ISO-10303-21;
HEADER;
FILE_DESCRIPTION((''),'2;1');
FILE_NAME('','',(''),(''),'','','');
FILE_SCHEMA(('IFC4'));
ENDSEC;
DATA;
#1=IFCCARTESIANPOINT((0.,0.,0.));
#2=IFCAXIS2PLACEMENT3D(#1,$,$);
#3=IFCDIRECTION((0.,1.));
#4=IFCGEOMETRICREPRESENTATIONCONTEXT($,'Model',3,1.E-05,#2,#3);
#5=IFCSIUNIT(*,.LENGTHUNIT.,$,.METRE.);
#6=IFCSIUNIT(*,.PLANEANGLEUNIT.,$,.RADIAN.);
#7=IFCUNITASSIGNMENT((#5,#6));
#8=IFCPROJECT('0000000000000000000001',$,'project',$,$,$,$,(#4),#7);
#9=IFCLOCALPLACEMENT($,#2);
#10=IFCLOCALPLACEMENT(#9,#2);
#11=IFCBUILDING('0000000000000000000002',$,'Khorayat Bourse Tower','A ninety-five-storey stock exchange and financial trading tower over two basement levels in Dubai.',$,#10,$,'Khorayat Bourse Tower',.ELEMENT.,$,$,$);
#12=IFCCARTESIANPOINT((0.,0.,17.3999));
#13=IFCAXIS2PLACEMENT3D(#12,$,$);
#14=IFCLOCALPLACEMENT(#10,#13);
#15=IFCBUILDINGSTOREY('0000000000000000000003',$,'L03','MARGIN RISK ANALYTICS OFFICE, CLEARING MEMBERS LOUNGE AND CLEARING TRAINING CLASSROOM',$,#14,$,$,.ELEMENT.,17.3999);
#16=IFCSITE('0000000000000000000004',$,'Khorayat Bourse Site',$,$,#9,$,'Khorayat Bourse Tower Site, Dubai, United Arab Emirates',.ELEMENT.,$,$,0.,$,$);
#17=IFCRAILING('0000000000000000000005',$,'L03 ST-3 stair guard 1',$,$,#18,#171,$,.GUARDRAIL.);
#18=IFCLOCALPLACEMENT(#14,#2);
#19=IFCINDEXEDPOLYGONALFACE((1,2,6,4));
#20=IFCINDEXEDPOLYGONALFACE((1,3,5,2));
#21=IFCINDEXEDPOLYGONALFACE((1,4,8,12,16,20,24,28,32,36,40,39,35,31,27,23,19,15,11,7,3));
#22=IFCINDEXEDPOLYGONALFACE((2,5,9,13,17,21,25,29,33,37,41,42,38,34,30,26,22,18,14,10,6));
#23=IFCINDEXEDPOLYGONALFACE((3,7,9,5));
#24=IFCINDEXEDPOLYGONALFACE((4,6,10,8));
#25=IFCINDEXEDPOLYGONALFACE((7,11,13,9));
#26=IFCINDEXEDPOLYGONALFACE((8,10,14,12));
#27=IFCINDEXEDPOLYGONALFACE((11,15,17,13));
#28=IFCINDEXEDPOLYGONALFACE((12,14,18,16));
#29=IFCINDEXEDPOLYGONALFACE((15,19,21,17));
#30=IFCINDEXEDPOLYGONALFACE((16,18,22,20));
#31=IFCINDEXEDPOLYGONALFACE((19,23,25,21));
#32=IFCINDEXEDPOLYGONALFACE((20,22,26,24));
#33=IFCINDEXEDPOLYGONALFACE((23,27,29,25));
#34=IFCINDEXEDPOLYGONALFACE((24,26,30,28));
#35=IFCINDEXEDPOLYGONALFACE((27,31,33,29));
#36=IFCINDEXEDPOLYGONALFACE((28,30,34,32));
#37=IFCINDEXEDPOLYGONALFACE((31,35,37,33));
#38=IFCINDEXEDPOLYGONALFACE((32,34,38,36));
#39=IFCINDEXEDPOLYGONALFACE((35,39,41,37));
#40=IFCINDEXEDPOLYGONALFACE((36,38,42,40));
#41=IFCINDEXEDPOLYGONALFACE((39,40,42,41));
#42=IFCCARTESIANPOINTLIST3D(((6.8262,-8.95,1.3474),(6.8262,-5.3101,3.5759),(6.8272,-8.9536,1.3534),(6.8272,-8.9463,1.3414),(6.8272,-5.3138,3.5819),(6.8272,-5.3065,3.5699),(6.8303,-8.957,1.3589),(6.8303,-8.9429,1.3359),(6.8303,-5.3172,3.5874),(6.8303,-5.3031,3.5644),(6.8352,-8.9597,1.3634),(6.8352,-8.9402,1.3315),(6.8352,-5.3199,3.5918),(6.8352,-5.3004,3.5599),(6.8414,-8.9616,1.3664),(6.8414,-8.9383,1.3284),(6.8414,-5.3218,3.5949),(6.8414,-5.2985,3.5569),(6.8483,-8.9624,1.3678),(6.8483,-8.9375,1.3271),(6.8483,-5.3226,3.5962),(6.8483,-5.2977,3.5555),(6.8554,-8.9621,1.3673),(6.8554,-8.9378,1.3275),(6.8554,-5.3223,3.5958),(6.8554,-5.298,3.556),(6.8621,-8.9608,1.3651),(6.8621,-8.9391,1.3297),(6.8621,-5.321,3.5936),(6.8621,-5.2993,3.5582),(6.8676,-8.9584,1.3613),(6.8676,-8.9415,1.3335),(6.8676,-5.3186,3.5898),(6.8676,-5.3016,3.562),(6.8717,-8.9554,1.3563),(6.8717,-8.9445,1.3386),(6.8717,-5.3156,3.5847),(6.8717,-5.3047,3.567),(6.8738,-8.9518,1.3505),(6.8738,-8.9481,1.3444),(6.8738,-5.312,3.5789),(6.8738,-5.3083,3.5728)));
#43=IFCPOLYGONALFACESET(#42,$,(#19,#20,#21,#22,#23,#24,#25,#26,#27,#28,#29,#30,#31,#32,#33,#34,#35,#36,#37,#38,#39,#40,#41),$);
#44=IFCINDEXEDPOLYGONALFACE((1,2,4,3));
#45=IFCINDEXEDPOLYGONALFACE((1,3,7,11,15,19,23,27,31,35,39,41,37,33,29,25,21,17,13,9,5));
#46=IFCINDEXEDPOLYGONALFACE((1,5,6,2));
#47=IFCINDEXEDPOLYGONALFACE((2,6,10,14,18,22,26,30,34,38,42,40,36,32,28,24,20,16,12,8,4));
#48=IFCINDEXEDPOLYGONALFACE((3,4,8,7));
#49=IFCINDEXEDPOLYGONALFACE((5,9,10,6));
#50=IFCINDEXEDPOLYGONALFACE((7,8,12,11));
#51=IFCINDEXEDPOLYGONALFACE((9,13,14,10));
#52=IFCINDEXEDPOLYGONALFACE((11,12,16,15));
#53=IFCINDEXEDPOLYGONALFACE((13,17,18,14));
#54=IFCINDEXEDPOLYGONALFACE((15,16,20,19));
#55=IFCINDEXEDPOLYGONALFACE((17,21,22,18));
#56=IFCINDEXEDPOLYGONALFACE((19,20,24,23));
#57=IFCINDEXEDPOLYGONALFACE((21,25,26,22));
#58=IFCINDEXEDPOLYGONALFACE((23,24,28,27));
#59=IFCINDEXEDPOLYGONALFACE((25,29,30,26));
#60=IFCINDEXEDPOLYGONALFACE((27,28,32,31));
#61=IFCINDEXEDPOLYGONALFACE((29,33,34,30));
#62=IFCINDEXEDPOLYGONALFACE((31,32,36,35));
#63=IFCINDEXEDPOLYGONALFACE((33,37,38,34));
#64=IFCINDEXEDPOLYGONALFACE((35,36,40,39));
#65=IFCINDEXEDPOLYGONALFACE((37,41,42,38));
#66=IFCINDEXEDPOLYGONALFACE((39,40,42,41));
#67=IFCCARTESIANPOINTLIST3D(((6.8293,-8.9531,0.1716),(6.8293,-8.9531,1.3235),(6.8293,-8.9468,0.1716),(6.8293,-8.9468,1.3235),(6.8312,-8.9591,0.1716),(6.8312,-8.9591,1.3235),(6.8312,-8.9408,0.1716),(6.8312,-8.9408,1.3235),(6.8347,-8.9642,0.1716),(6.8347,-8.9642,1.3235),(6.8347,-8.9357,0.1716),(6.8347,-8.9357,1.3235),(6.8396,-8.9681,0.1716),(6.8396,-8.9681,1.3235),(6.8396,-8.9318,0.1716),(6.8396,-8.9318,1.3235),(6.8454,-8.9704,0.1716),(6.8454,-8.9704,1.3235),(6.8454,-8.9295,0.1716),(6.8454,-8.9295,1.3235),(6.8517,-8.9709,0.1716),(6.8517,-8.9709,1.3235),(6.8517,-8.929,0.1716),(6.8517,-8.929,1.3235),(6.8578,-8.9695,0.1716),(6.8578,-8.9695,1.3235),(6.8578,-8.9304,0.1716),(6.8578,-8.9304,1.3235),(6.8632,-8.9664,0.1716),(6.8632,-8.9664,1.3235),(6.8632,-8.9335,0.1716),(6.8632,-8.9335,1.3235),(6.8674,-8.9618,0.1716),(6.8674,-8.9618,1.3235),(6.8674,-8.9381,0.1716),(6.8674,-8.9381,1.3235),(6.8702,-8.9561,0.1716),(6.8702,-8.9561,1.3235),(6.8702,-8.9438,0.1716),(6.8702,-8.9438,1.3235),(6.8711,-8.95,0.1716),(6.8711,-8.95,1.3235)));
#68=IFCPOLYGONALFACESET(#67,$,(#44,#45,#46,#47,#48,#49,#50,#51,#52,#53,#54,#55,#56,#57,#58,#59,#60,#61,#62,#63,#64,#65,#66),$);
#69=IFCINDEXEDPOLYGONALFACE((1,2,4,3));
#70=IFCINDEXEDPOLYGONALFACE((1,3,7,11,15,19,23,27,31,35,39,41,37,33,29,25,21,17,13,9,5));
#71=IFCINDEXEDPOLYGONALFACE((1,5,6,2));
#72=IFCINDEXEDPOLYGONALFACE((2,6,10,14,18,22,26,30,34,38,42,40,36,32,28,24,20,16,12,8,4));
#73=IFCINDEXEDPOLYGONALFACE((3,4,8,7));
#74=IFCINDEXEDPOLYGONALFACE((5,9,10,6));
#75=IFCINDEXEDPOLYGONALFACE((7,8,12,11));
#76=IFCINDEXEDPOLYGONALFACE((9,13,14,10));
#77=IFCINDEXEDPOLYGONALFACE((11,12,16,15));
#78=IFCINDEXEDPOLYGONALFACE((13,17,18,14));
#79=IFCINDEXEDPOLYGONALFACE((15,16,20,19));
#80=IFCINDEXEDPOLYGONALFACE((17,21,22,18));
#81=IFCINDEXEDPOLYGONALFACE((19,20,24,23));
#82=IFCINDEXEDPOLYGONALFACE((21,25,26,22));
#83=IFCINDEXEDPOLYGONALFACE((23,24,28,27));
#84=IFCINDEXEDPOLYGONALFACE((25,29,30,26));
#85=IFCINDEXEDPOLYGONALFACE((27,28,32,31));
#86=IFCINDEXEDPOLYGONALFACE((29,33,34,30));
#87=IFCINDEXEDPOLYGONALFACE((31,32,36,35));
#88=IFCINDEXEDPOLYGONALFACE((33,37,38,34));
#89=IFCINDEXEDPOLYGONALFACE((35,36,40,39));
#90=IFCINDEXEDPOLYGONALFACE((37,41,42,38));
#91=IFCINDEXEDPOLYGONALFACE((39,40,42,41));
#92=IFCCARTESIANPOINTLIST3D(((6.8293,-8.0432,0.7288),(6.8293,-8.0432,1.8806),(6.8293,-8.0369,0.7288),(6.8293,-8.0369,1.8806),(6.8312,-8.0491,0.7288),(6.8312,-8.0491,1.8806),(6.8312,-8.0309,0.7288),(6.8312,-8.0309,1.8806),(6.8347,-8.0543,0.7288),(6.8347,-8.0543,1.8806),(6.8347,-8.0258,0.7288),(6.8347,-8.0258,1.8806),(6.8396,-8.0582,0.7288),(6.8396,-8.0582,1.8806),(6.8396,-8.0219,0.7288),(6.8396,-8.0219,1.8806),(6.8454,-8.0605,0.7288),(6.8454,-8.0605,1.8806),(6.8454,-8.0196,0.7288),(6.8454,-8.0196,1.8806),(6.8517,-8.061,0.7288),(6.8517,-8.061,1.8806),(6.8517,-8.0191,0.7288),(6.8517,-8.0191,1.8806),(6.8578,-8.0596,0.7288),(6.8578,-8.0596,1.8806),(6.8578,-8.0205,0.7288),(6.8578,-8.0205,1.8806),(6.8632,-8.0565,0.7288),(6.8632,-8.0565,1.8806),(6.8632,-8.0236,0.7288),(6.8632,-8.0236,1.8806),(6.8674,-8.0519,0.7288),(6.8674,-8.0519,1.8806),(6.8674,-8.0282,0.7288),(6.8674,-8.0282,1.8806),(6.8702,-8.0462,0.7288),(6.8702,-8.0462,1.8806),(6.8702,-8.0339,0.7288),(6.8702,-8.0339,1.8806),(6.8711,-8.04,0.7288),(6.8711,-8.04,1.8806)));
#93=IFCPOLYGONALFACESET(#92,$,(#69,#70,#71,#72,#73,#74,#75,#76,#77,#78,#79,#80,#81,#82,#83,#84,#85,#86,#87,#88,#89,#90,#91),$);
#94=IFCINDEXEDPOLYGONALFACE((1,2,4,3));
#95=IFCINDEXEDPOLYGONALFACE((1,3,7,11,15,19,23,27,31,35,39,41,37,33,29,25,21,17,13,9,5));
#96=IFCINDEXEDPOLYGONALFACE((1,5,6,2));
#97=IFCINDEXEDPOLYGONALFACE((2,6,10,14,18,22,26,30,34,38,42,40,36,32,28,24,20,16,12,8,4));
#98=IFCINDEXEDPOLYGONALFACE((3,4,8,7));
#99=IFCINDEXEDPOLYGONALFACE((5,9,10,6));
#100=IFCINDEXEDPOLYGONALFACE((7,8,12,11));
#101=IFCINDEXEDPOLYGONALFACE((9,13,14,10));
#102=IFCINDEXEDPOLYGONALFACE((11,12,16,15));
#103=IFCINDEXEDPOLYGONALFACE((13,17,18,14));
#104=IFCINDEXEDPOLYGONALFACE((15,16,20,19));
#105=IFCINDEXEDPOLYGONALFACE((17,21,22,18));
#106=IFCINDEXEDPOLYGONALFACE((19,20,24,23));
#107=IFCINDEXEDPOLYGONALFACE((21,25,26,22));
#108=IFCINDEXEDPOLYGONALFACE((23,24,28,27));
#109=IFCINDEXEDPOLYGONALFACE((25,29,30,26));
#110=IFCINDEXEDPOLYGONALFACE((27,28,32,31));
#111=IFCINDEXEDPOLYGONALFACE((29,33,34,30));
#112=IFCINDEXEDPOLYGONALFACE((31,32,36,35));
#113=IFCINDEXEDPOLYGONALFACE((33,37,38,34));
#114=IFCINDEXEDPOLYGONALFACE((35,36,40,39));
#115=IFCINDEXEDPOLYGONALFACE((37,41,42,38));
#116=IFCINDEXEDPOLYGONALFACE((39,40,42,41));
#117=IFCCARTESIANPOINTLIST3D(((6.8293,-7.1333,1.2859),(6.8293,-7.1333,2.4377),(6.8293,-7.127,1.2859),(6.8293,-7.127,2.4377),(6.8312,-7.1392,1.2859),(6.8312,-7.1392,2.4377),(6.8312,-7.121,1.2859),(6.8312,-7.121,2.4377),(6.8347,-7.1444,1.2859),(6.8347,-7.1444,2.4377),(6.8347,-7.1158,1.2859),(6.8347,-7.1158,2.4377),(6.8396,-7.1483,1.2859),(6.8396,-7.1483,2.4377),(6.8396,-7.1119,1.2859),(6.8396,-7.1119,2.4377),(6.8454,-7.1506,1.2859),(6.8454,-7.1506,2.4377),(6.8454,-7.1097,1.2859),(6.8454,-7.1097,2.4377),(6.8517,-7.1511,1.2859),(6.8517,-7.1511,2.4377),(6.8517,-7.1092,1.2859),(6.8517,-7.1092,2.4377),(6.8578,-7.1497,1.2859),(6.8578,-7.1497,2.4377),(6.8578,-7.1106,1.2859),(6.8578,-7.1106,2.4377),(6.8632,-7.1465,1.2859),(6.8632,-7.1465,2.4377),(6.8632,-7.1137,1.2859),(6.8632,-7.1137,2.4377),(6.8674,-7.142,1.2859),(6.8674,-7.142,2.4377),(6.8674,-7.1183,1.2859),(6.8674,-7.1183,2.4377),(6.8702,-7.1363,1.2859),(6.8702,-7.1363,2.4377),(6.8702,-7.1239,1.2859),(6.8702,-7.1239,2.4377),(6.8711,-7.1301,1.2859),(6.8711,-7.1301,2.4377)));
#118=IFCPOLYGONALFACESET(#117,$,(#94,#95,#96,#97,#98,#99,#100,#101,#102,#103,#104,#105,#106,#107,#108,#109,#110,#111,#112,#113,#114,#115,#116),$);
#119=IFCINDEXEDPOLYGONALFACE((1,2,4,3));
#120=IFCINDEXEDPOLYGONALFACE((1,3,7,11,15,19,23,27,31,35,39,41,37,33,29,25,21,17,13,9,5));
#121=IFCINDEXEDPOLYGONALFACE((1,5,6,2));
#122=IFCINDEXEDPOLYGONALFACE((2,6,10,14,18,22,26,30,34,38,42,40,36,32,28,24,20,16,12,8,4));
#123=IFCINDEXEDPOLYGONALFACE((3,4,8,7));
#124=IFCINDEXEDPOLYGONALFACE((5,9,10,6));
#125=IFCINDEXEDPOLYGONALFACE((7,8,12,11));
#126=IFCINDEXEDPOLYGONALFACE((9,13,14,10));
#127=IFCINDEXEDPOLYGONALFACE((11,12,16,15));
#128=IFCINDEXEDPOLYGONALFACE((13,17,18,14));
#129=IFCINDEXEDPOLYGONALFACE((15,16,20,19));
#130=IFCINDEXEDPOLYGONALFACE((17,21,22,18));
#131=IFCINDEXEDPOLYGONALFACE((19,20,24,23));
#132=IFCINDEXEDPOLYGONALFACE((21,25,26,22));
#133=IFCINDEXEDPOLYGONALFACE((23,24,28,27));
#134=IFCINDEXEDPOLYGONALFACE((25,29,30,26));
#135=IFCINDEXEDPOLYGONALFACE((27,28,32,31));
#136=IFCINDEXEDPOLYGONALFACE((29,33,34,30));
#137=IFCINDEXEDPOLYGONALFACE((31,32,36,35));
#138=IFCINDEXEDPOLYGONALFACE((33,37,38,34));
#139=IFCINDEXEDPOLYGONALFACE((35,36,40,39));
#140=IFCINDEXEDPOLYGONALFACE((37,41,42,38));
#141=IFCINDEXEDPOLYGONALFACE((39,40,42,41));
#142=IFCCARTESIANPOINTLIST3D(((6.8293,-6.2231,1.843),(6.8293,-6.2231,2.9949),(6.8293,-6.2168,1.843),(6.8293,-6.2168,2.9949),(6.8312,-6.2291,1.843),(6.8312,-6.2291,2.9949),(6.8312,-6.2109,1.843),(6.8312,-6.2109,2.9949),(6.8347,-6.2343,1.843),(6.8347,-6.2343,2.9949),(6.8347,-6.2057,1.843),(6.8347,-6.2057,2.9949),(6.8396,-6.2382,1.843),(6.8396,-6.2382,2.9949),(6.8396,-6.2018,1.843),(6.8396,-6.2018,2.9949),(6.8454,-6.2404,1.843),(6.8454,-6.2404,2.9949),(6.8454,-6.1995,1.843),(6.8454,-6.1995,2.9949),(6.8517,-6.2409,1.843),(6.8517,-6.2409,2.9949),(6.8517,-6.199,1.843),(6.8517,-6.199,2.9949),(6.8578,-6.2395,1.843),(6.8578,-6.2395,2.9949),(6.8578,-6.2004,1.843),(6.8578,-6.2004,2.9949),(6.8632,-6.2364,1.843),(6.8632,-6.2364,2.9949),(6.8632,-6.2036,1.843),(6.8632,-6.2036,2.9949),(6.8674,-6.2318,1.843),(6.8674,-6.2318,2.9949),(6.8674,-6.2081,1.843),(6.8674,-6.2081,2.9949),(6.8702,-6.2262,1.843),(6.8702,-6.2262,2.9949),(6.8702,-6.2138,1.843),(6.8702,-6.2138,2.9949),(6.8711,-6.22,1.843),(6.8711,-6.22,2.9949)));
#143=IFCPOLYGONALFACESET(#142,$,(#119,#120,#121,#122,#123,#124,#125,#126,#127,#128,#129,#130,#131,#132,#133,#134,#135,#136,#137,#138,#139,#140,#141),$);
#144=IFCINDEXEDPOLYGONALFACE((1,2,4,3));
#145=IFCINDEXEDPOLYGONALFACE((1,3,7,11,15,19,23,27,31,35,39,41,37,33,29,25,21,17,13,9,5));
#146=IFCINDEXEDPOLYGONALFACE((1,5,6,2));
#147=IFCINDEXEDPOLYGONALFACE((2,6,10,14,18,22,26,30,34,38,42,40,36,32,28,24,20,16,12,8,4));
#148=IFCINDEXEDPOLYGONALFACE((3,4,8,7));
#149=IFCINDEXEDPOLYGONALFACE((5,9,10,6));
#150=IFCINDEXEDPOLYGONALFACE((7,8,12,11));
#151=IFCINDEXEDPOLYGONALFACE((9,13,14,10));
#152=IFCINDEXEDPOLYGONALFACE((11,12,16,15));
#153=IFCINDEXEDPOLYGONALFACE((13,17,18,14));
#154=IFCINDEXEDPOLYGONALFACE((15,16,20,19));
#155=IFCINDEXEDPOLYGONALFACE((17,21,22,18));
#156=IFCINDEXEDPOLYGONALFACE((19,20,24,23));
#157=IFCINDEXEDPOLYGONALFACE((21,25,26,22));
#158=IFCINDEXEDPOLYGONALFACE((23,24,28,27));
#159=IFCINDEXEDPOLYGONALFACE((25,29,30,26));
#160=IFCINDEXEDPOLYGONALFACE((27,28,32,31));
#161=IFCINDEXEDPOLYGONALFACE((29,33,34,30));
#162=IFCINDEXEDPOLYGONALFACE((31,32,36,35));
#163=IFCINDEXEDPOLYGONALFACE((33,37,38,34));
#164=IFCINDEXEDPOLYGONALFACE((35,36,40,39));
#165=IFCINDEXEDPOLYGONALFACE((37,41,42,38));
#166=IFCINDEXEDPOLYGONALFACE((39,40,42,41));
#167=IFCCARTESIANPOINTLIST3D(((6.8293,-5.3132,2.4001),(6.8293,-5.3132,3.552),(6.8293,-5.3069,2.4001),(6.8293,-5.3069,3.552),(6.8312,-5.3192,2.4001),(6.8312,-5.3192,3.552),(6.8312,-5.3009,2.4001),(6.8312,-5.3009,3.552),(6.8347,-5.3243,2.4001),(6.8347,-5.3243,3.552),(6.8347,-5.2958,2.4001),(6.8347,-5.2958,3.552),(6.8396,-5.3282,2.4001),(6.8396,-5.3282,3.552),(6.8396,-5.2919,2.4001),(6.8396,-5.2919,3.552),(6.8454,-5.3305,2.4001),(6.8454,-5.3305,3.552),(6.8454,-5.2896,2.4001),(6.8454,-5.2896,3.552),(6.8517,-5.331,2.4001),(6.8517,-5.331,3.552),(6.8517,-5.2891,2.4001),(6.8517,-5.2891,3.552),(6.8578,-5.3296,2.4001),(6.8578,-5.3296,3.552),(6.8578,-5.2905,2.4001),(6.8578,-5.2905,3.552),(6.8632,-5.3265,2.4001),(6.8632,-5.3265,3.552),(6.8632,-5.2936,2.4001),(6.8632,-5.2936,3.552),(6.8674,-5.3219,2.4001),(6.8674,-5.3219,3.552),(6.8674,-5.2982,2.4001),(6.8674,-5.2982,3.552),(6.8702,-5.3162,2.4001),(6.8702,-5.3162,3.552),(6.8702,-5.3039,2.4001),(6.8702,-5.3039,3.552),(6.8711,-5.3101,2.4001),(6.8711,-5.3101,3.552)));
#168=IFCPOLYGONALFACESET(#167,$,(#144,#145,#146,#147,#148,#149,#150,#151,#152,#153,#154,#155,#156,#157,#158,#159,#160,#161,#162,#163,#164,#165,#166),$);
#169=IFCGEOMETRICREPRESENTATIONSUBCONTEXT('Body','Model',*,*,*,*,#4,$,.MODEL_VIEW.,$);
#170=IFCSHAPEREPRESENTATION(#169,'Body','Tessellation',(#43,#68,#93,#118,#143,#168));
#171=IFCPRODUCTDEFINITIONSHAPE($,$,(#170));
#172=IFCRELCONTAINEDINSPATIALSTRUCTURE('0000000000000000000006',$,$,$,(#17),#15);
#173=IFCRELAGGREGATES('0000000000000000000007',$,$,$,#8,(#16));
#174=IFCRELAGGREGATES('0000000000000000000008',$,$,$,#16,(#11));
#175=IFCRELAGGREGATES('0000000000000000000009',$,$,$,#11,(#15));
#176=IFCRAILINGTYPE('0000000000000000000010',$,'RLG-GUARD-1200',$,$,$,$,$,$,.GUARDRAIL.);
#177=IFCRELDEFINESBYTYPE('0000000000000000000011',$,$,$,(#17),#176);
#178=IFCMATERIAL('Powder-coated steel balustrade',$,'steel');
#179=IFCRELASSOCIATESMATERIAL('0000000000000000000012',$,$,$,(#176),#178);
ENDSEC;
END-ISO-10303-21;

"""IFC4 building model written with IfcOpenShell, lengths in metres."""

from ifc_helpers import new_model, si_unit, direction, frame, origin, origin_2d, place, context, subcontext, project, spatial, circle, extrude, source, transform, mapped, material, type_object, element, save


model = new_model("IFC4")

# Units and contexts
model_context = context("Model", 3, precision=1e-05, world=origin(), true_north=direction((0.0, 1.0)))
body_context = subcontext(model_context, "Body", "Model", "MODEL_VIEW")
ifc_project = project(units=[si_unit("LENGTHUNIT", "METRE"), si_unit("PLANEANGLEUNIT", "RADIAN")], contexts=[model_context])

# Site, building, storey
site_placement = place(None, origin())
site = spatial("IfcSite", under=ifc_project, at=site_placement, Name="Khorayat Bourse Site", LongName="Khorayat Bourse Tower Site, Dubai, United Arab Emirates", CompositionType="ELEMENT", RefElevation=0.0)
building_placement = place(site_placement, origin())
building = spatial("IfcBuilding", under=site, at=building_placement, Name="Khorayat Bourse Tower", Description="A ninety-five-storey stock exchange and financial trading tower over two basement levels in Dubai.", LongName="Khorayat Bourse Tower", CompositionType="ELEMENT")
storey_placement = place(building_placement, frame((0.0, 0.0, 17.3999)))
storey = spatial("IfcBuildingStorey", under=building, at=storey_placement, Name="L03", Description="MARGIN RISK ANALYTICS OFFICE, CLEARING MEMBERS LOUNGE AND CLEARING TRAINING CLASSROOM", CompositionType="ELEMENT", Elevation=17.3999)

# Railing
ifc_material_1 = material(Name="Powder-coated steel balustrade", Category="steel")
railing_type = type_object("IfcRailingType", Name="RLG-GUARD-1200", PredefinedType="GUARDRAIL", material=ifc_material_1)
shared_shape_1 = source(origin(), body_context, "Body", "SweptSolid", [
    extrude(circle(Radius=0.0239, at=origin_2d()), frame((0.0, 0.0, 1.1758), z_axis=(0.0, 0.85285, 0.522156), x_axis=(-1.0, 0.0, 0.0)), (0.0, 0.0, 1.0), 4.2678),
    extrude(circle(Radius=0.021, at=origin_2d()), origin(), (0.0, 0.0, 1.0), 1.1519),
    extrude(circle(Radius=0.021, at=origin_2d()), frame((0.0, 0.9099, 0.5571)), (0.0, 0.0, 1.0), 1.1519),
    extrude(circle(Radius=0.021, at=origin_2d()), frame((0.0, 1.8198, 1.1143)), (0.0, 0.0, 1.0), 1.1519),
    extrude(circle(Radius=0.021, at=origin_2d()), frame((0.0, 2.73, 1.6714)), (0.0, 0.0, 1.0), 1.1519),
    extrude(circle(Radius=0.021, at=origin_2d()), frame((0.0, 3.6399, 2.2285)), (0.0, 0.0, 1.0), 1.1519),
])
railing_1_placement = place(storey_placement, frame((6.8501, -8.95, 0.1716)))
element("IfcRailing", 1, at=railing_1_placement, inside=storey, type_object=railing_type, Name="L03 ST-3 stair guard 1", PredefinedType="GUARDRAIL", context=body_context, shape_type="MappedRepresentation", body=[
    mapped(shared_shape_1, transform((0.0, 0.0, 0.0), scale=1.0)),
])

save(model, "model.ifc")
